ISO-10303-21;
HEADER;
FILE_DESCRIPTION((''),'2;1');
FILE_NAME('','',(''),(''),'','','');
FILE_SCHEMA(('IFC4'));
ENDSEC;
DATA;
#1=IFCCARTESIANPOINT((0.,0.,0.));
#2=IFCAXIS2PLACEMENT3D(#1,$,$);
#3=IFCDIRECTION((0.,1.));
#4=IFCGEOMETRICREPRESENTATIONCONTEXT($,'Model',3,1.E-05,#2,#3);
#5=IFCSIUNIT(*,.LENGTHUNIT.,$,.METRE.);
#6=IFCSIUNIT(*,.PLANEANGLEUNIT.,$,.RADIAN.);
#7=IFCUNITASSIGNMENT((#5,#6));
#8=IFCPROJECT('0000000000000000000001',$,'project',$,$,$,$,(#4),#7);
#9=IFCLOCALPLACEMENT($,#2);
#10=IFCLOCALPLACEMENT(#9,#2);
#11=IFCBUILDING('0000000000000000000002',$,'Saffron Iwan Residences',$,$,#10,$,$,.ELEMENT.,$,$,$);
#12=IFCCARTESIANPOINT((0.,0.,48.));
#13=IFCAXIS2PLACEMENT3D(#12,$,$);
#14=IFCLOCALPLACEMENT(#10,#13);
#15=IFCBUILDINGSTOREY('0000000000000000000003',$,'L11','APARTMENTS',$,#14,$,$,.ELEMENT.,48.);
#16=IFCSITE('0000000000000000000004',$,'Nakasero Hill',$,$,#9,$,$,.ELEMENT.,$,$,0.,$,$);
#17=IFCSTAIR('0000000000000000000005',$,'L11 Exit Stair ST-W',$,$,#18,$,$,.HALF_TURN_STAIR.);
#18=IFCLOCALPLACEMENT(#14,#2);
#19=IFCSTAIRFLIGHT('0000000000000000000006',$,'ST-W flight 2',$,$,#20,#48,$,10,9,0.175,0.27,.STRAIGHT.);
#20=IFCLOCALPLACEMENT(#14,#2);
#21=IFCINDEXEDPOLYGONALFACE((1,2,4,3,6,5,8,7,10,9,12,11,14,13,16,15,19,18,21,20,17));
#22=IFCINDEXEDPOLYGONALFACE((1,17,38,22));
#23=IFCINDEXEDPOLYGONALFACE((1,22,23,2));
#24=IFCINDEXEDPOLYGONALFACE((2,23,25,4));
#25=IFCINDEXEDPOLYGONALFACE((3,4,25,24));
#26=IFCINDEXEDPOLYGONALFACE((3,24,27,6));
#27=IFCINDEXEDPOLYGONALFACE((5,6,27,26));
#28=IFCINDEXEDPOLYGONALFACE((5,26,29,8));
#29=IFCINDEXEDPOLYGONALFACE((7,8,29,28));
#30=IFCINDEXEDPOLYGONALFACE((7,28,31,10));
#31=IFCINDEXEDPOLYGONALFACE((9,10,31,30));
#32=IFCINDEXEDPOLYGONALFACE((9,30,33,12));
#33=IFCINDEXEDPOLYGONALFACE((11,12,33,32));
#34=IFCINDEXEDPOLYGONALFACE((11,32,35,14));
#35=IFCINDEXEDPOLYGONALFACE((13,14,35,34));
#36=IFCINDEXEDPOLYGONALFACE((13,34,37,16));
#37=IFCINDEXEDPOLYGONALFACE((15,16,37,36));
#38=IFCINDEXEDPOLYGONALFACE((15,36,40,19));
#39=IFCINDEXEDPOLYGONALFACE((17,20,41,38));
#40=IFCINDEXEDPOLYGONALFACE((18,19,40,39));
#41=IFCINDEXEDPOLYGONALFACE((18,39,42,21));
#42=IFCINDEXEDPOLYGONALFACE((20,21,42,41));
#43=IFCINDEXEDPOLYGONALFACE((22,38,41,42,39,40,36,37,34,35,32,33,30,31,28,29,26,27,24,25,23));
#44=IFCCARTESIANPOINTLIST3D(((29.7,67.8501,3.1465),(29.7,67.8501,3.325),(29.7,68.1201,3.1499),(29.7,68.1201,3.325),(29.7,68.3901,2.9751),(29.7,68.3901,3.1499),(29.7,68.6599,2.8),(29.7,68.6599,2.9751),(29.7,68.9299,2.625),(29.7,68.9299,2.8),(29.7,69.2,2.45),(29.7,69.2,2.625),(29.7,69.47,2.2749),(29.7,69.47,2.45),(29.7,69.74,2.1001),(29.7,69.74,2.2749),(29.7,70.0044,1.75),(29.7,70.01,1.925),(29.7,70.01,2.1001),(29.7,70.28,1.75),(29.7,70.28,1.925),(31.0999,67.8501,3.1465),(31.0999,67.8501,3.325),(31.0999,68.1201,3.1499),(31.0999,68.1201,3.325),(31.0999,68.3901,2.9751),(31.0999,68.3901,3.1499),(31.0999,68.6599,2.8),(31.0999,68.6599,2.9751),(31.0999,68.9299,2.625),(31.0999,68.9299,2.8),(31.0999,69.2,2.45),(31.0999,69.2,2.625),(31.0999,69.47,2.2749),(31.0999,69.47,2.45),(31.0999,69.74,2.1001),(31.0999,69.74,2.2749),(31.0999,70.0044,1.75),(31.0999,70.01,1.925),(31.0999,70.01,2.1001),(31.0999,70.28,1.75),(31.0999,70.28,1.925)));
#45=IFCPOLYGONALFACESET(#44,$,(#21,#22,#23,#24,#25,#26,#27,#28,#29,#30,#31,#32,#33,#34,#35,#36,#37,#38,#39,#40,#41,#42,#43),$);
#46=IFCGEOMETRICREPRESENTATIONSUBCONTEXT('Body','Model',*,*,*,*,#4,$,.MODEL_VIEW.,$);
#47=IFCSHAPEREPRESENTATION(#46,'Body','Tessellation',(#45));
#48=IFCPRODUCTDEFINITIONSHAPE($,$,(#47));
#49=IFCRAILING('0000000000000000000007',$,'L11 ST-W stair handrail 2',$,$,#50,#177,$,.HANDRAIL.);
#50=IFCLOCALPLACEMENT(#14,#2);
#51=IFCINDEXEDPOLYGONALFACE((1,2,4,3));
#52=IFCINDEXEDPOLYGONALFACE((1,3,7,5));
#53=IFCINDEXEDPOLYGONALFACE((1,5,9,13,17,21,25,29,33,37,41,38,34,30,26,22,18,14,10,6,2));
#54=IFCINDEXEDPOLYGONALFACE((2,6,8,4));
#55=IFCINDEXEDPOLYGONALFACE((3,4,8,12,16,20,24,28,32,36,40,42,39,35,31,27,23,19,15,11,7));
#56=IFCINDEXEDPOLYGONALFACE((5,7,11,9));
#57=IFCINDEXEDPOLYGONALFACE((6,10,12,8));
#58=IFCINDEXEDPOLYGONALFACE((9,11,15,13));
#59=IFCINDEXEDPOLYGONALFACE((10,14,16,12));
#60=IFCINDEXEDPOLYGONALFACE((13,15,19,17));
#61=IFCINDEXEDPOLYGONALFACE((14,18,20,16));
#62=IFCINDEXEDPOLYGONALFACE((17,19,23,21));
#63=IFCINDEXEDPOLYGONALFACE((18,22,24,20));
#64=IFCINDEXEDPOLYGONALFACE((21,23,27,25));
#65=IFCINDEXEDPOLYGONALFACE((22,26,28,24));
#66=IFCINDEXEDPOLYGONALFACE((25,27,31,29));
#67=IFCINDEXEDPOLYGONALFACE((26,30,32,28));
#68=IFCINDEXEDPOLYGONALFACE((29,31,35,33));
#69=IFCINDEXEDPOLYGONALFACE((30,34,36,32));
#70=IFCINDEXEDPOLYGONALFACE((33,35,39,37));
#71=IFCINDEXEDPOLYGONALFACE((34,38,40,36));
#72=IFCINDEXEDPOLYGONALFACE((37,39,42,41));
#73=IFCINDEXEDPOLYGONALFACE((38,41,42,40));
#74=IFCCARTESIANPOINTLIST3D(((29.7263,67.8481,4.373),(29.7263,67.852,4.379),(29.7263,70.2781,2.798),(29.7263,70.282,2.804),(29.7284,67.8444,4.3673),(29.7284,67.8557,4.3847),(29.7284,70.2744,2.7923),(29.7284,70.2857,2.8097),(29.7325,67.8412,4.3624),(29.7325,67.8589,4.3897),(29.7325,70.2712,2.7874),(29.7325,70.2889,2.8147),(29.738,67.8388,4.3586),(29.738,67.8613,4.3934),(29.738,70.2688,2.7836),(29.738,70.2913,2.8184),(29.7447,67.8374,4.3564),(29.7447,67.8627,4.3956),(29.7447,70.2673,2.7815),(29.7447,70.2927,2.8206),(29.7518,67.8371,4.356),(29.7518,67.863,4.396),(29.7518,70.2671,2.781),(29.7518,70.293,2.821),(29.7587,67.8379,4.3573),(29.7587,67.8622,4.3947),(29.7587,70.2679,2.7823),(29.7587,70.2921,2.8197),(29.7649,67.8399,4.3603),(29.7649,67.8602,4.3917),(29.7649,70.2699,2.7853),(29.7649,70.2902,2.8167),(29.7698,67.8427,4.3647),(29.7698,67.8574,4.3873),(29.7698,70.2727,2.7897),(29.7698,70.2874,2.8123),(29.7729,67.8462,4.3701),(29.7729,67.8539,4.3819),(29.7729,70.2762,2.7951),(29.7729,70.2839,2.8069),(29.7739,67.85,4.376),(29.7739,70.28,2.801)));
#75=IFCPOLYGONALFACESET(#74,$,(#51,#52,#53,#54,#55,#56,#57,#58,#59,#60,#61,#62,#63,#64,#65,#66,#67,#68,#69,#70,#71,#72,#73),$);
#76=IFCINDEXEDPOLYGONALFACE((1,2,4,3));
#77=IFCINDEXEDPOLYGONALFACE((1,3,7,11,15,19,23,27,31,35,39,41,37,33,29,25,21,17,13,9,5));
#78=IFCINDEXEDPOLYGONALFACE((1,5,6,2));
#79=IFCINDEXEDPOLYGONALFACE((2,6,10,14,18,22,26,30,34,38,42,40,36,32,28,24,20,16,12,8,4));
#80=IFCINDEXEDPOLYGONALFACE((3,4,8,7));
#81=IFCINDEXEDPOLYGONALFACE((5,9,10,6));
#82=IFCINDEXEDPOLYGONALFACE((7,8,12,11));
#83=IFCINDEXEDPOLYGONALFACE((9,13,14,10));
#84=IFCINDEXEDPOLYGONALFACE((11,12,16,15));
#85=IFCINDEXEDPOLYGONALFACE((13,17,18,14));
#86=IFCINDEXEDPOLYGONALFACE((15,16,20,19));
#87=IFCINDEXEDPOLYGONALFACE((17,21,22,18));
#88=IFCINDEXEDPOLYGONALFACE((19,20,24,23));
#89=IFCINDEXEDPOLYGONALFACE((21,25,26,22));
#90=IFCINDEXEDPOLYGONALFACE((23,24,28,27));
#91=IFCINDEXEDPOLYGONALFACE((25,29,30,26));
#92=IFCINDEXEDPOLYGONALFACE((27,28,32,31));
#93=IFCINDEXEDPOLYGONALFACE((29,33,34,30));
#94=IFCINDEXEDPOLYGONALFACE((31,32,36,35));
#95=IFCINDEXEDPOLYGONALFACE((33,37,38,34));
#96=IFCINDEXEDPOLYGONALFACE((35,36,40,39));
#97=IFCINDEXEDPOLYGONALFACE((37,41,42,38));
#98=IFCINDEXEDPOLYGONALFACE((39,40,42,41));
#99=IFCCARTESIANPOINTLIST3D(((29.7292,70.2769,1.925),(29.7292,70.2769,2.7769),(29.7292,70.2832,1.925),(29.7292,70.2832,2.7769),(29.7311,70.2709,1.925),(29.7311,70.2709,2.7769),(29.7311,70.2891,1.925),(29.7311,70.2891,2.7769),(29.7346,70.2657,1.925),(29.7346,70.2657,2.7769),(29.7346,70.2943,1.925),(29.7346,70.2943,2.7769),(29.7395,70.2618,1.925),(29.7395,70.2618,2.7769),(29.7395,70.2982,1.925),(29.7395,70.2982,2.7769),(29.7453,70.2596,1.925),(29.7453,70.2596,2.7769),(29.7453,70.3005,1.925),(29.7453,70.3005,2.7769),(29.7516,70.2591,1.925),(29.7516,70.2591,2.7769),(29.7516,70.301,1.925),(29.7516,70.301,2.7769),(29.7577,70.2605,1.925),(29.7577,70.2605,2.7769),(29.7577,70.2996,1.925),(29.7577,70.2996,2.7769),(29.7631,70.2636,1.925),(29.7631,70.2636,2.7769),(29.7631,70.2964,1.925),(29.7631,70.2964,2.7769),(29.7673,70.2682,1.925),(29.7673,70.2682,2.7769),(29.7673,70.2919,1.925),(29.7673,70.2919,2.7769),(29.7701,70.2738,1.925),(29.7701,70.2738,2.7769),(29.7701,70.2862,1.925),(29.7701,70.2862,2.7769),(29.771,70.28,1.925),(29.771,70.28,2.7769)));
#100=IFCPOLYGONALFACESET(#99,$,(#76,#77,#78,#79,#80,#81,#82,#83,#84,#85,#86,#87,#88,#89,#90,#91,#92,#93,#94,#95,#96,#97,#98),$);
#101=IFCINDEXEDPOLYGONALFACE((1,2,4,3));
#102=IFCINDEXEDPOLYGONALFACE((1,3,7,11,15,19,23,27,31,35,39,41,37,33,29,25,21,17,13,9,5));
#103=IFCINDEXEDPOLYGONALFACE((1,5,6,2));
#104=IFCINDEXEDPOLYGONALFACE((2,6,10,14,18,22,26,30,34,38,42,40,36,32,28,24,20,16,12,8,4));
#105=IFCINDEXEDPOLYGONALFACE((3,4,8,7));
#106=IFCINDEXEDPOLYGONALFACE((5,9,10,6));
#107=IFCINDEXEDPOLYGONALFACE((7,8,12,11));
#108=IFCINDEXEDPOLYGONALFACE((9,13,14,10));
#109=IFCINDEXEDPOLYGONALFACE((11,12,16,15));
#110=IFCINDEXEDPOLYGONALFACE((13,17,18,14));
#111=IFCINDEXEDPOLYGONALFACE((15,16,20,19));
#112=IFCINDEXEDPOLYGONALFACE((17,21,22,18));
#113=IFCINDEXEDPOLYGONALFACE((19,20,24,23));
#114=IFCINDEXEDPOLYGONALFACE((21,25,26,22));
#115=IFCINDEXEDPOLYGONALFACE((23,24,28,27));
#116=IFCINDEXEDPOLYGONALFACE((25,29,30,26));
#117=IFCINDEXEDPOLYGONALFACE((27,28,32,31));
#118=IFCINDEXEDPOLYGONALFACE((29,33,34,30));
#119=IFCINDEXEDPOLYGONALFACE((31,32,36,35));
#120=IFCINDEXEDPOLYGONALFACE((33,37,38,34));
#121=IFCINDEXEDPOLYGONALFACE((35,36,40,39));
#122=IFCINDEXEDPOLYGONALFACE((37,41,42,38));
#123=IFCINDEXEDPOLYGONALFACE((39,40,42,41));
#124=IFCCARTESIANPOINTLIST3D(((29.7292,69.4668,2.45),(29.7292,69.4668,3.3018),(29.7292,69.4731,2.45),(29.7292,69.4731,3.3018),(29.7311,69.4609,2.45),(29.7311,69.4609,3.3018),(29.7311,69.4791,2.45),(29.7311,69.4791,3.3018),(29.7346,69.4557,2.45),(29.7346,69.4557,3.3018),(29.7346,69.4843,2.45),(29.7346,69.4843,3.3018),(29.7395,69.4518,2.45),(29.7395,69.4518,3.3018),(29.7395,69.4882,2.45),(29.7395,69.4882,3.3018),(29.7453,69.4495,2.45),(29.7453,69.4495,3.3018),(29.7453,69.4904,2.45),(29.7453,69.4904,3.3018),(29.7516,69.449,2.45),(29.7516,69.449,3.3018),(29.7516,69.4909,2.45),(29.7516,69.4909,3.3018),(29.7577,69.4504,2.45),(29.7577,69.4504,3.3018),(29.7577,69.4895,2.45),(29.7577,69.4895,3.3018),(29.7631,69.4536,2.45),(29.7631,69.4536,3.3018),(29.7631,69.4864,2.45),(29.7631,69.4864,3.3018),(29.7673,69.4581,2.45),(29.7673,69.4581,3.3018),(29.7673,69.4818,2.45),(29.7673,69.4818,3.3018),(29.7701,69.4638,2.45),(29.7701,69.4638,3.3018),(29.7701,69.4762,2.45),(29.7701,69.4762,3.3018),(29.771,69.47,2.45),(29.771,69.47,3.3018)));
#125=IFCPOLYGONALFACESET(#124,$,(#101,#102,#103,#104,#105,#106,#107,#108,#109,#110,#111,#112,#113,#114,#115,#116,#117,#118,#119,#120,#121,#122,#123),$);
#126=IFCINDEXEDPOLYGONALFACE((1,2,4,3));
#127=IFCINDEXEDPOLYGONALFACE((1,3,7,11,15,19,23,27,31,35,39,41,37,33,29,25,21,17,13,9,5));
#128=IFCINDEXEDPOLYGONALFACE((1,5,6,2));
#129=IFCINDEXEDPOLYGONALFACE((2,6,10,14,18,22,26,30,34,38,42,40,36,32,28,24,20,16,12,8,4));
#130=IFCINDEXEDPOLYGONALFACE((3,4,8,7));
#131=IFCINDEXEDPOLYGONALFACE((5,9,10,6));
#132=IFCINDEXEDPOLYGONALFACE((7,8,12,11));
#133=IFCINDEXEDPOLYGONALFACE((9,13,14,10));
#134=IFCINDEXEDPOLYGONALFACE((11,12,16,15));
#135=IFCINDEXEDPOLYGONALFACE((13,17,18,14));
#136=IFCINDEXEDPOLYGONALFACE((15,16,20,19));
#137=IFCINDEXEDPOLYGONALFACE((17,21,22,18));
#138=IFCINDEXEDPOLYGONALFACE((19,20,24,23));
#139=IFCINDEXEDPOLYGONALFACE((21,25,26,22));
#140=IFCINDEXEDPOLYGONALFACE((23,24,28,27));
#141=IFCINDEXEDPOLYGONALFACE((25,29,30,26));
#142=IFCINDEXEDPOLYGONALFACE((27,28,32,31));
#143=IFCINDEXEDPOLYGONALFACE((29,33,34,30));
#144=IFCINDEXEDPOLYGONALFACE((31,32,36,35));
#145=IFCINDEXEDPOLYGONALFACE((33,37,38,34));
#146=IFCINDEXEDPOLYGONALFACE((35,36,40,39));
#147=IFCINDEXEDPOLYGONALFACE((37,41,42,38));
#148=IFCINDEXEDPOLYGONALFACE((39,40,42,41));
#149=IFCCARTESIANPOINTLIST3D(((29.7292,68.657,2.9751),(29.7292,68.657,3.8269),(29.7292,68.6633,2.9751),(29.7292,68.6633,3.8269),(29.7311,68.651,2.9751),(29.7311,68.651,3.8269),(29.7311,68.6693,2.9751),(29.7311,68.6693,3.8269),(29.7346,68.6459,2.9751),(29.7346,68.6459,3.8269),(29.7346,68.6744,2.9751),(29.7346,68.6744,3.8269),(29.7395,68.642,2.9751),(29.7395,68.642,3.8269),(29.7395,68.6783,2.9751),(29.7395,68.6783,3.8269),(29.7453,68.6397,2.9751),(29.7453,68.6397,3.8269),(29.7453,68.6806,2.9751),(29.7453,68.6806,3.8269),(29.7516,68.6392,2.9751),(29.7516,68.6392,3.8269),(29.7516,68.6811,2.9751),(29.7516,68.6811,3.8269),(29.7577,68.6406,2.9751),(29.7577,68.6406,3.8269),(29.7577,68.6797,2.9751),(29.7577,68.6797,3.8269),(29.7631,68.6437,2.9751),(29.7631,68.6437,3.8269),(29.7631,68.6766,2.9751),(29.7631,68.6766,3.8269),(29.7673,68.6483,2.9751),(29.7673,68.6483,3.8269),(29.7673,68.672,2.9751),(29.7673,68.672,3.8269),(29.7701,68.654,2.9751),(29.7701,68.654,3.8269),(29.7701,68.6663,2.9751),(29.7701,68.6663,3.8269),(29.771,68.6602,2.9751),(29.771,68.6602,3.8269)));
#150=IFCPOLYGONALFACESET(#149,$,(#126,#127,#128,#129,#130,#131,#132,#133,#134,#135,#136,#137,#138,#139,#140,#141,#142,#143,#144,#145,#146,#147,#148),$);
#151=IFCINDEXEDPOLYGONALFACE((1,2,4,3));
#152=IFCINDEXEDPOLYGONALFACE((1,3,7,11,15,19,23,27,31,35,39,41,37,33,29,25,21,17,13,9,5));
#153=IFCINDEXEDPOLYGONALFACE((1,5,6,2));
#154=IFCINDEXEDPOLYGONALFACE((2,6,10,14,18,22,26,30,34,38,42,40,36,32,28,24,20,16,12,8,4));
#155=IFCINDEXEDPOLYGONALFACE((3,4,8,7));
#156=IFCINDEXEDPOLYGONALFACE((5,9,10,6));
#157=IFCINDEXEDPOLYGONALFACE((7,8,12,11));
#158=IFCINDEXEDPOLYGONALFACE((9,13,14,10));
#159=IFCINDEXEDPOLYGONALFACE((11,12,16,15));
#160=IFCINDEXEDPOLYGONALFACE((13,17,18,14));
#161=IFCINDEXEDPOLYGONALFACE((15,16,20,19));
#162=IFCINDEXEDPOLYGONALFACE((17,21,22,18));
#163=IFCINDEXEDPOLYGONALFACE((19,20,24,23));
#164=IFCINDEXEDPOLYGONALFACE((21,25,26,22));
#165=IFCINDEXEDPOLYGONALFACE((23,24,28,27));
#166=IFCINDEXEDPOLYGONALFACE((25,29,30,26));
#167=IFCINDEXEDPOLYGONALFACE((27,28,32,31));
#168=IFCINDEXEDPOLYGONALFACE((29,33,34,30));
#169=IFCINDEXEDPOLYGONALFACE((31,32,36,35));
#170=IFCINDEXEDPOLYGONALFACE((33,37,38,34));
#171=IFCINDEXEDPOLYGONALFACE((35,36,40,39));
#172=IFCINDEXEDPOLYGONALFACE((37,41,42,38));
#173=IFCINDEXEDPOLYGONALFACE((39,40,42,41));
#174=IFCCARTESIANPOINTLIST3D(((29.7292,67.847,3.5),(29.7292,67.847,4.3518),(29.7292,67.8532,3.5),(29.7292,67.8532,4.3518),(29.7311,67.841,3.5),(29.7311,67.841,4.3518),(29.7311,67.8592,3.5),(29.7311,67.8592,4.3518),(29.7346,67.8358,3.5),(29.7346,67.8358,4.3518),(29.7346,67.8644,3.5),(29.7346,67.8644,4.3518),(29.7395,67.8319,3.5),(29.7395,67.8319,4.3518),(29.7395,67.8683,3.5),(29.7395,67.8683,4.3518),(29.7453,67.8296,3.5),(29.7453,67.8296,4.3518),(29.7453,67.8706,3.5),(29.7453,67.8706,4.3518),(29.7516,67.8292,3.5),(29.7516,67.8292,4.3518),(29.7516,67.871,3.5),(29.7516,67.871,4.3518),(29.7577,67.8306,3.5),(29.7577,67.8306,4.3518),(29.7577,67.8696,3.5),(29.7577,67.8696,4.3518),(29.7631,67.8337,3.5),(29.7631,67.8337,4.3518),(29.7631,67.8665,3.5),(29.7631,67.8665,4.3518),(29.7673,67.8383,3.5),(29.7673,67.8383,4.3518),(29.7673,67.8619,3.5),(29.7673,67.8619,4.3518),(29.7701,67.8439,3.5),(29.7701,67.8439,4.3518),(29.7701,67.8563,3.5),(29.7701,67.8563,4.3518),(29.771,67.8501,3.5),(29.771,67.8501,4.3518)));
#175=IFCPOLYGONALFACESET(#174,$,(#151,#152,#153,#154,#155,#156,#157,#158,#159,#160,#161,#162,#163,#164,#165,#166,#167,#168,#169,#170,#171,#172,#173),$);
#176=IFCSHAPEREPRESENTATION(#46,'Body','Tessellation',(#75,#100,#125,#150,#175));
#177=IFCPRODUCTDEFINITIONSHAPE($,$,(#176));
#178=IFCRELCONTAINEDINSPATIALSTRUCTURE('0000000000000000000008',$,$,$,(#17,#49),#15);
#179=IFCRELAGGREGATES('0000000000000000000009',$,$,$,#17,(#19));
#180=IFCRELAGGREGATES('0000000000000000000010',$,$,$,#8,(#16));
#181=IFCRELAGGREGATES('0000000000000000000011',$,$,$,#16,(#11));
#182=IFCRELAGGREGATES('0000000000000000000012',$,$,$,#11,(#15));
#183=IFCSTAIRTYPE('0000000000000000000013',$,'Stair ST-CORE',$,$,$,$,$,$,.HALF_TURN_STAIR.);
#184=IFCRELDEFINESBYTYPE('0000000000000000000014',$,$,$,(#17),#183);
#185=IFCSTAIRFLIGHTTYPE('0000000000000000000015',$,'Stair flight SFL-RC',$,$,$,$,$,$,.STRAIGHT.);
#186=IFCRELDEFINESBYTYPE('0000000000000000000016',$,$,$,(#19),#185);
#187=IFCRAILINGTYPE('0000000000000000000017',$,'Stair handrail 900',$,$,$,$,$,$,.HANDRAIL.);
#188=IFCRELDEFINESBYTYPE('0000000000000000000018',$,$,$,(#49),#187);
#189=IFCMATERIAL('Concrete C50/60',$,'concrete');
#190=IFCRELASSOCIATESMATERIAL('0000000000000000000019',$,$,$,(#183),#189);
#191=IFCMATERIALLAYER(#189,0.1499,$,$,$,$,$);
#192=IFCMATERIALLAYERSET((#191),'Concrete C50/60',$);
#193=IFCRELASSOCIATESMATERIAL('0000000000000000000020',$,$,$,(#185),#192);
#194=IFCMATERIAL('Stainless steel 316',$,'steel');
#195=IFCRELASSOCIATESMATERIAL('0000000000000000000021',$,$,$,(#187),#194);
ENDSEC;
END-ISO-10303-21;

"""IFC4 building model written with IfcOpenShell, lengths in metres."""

from ifc_helpers import new_model, si_unit, direction, frame, origin, origin_2d, place, context, subcontext, project, spatial, polyline, circle, outline, extrude, material, layer, layer_set, type_object, element, aggregate, save


model = new_model("IFC4")

# Units and contexts
model_context = context("Model", 3, precision=1e-05, world=origin(), true_north=direction((0.0, 1.0)))
body_context = subcontext(model_context, "Body", "Model", "MODEL_VIEW")
ifc_project = project(units=[si_unit("LENGTHUNIT", "METRE"), si_unit("PLANEANGLEUNIT", "RADIAN")], contexts=[model_context])

# Site, building, storey
site_placement = place(None, origin())
site = spatial("IfcSite", under=ifc_project, at=site_placement, Name="Nakasero Hill", CompositionType="ELEMENT", RefElevation=0.0)
building_placement = place(site_placement, origin())
building = spatial("IfcBuilding", under=site, at=building_placement, Name="Saffron Iwan Residences", CompositionType="ELEMENT")
storey_placement = place(building_placement, frame((0.0, 0.0, 48.0)))
storey = spatial("IfcBuildingStorey", under=building, at=storey_placement, Name="L11", Description="APARTMENTS", CompositionType="ELEMENT", Elevation=48.0)

# Stair, stair flight
ifc_material_1 = material(Name="Concrete C50/60", Category="concrete")
stair_type = type_object("IfcStairType", Name="Stair ST-CORE", PredefinedType="HALF_TURN_STAIR", material=ifc_material_1)
stair_placement = place(storey_placement, origin())
stair = element("IfcStair", 1, at=stair_placement, inside=storey, type_object=stair_type, Name="L11 Exit Stair ST-W", PredefinedType="HALF_TURN_STAIR")
ifc_layer_1 = layer(ifc_material_1, 0.1499)
ifc_layer_set_1 = layer_set([ifc_layer_1], Name="Concrete C50/60")
stair_flight_type = type_object("IfcStairFlightType", Name="Stair flight SFL-RC", PredefinedType="STRAIGHT", material=ifc_layer_set_1)
stair_flight_placement = place(storey_placement, frame((30.3999, 70.28, 1.75), z_axis=(0.0, 0.0, 1.0), x_axis=(0.0, -1.0, 0.0)))
stair_flight = element("IfcStairFlight", 2, at=stair_flight_placement, type_object=stair_flight_type, Name="ST-W flight 2", NumberOfRisers=10, NumberOfTreads=9, PredefinedType="STRAIGHT", RiserHeight=0.175, TreadLength=0.27, context=body_context, shape_type="SweptSolid", body=[
    extrude(outline(polyline([(0.0, 0.0), (0.0, 0.175), (0.27, 0.175), (0.27, 0.3501), (0.54, 0.3501), (0.54, 0.5249), (0.8101, 0.5249), (0.8101, 0.7), (1.0801, 0.7), (1.0801, 0.875), (1.3501, 0.875), (1.3501, 1.05), (1.6201, 1.05), (1.6201, 1.2251), (1.8899, 1.2251), (1.8899, 1.3999), (2.1599, 1.3999), (2.1599, 1.575), (2.4299, 1.575), (2.4299, 1.75), (2.4299, 1.3965), (0.2756, 0.0), (0.0, 0.0)])), frame((0.0, 0.7, 0.0), z_axis=(0.0, -1.0, 0.0), x_axis=(1.0, 0.0, 0.0)), (0.0, 0.0, 1.0), 1.3999),
])
aggregate(stair, [stair_flight])

# Railing
ifc_material_2 = material(Name="Stainless steel 316", Category="steel")
railing_type = type_object("IfcRailingType", Name="Stair handrail 900", PredefinedType="HANDRAIL", material=ifc_material_2)
railing_placement = place(storey_placement, frame((29.75, 70.28, 1.925)))
element("IfcRailing", 3, at=railing_placement, inside=storey, type_object=railing_type, Name="L11 ST-W stair handrail 2", PredefinedType="HANDRAIL", context=body_context, shape_type="SweptSolid", body=[
    extrude(circle(Radius=0.0239, at=origin_2d()), frame((0.0, 0.0, 0.876), z_axis=(0.0, -0.839154, 0.543894), x_axis=(1.0, 0.0, 0.0)), (0.0, 0.0, 1.0), 2.8958),
    extrude(circle(Radius=0.021, at=origin_2d()), origin(), (0.0, 0.0, 1.0), 0.8518),
    extrude(circle(Radius=0.021, at=origin_2d()), frame((0.0, -0.8101, 0.5249)), (0.0, 0.0, 1.0), 0.8518),
    extrude(circle(Radius=0.021, at=origin_2d()), frame((0.0, -1.6199, 1.05)), (0.0, 0.0, 1.0), 0.8518),
    extrude(circle(Radius=0.021, at=origin_2d()), frame((0.0, -2.4299, 1.575)), (0.0, 0.0, 1.0), 0.8518),
])

save(model, "model.ifc")
